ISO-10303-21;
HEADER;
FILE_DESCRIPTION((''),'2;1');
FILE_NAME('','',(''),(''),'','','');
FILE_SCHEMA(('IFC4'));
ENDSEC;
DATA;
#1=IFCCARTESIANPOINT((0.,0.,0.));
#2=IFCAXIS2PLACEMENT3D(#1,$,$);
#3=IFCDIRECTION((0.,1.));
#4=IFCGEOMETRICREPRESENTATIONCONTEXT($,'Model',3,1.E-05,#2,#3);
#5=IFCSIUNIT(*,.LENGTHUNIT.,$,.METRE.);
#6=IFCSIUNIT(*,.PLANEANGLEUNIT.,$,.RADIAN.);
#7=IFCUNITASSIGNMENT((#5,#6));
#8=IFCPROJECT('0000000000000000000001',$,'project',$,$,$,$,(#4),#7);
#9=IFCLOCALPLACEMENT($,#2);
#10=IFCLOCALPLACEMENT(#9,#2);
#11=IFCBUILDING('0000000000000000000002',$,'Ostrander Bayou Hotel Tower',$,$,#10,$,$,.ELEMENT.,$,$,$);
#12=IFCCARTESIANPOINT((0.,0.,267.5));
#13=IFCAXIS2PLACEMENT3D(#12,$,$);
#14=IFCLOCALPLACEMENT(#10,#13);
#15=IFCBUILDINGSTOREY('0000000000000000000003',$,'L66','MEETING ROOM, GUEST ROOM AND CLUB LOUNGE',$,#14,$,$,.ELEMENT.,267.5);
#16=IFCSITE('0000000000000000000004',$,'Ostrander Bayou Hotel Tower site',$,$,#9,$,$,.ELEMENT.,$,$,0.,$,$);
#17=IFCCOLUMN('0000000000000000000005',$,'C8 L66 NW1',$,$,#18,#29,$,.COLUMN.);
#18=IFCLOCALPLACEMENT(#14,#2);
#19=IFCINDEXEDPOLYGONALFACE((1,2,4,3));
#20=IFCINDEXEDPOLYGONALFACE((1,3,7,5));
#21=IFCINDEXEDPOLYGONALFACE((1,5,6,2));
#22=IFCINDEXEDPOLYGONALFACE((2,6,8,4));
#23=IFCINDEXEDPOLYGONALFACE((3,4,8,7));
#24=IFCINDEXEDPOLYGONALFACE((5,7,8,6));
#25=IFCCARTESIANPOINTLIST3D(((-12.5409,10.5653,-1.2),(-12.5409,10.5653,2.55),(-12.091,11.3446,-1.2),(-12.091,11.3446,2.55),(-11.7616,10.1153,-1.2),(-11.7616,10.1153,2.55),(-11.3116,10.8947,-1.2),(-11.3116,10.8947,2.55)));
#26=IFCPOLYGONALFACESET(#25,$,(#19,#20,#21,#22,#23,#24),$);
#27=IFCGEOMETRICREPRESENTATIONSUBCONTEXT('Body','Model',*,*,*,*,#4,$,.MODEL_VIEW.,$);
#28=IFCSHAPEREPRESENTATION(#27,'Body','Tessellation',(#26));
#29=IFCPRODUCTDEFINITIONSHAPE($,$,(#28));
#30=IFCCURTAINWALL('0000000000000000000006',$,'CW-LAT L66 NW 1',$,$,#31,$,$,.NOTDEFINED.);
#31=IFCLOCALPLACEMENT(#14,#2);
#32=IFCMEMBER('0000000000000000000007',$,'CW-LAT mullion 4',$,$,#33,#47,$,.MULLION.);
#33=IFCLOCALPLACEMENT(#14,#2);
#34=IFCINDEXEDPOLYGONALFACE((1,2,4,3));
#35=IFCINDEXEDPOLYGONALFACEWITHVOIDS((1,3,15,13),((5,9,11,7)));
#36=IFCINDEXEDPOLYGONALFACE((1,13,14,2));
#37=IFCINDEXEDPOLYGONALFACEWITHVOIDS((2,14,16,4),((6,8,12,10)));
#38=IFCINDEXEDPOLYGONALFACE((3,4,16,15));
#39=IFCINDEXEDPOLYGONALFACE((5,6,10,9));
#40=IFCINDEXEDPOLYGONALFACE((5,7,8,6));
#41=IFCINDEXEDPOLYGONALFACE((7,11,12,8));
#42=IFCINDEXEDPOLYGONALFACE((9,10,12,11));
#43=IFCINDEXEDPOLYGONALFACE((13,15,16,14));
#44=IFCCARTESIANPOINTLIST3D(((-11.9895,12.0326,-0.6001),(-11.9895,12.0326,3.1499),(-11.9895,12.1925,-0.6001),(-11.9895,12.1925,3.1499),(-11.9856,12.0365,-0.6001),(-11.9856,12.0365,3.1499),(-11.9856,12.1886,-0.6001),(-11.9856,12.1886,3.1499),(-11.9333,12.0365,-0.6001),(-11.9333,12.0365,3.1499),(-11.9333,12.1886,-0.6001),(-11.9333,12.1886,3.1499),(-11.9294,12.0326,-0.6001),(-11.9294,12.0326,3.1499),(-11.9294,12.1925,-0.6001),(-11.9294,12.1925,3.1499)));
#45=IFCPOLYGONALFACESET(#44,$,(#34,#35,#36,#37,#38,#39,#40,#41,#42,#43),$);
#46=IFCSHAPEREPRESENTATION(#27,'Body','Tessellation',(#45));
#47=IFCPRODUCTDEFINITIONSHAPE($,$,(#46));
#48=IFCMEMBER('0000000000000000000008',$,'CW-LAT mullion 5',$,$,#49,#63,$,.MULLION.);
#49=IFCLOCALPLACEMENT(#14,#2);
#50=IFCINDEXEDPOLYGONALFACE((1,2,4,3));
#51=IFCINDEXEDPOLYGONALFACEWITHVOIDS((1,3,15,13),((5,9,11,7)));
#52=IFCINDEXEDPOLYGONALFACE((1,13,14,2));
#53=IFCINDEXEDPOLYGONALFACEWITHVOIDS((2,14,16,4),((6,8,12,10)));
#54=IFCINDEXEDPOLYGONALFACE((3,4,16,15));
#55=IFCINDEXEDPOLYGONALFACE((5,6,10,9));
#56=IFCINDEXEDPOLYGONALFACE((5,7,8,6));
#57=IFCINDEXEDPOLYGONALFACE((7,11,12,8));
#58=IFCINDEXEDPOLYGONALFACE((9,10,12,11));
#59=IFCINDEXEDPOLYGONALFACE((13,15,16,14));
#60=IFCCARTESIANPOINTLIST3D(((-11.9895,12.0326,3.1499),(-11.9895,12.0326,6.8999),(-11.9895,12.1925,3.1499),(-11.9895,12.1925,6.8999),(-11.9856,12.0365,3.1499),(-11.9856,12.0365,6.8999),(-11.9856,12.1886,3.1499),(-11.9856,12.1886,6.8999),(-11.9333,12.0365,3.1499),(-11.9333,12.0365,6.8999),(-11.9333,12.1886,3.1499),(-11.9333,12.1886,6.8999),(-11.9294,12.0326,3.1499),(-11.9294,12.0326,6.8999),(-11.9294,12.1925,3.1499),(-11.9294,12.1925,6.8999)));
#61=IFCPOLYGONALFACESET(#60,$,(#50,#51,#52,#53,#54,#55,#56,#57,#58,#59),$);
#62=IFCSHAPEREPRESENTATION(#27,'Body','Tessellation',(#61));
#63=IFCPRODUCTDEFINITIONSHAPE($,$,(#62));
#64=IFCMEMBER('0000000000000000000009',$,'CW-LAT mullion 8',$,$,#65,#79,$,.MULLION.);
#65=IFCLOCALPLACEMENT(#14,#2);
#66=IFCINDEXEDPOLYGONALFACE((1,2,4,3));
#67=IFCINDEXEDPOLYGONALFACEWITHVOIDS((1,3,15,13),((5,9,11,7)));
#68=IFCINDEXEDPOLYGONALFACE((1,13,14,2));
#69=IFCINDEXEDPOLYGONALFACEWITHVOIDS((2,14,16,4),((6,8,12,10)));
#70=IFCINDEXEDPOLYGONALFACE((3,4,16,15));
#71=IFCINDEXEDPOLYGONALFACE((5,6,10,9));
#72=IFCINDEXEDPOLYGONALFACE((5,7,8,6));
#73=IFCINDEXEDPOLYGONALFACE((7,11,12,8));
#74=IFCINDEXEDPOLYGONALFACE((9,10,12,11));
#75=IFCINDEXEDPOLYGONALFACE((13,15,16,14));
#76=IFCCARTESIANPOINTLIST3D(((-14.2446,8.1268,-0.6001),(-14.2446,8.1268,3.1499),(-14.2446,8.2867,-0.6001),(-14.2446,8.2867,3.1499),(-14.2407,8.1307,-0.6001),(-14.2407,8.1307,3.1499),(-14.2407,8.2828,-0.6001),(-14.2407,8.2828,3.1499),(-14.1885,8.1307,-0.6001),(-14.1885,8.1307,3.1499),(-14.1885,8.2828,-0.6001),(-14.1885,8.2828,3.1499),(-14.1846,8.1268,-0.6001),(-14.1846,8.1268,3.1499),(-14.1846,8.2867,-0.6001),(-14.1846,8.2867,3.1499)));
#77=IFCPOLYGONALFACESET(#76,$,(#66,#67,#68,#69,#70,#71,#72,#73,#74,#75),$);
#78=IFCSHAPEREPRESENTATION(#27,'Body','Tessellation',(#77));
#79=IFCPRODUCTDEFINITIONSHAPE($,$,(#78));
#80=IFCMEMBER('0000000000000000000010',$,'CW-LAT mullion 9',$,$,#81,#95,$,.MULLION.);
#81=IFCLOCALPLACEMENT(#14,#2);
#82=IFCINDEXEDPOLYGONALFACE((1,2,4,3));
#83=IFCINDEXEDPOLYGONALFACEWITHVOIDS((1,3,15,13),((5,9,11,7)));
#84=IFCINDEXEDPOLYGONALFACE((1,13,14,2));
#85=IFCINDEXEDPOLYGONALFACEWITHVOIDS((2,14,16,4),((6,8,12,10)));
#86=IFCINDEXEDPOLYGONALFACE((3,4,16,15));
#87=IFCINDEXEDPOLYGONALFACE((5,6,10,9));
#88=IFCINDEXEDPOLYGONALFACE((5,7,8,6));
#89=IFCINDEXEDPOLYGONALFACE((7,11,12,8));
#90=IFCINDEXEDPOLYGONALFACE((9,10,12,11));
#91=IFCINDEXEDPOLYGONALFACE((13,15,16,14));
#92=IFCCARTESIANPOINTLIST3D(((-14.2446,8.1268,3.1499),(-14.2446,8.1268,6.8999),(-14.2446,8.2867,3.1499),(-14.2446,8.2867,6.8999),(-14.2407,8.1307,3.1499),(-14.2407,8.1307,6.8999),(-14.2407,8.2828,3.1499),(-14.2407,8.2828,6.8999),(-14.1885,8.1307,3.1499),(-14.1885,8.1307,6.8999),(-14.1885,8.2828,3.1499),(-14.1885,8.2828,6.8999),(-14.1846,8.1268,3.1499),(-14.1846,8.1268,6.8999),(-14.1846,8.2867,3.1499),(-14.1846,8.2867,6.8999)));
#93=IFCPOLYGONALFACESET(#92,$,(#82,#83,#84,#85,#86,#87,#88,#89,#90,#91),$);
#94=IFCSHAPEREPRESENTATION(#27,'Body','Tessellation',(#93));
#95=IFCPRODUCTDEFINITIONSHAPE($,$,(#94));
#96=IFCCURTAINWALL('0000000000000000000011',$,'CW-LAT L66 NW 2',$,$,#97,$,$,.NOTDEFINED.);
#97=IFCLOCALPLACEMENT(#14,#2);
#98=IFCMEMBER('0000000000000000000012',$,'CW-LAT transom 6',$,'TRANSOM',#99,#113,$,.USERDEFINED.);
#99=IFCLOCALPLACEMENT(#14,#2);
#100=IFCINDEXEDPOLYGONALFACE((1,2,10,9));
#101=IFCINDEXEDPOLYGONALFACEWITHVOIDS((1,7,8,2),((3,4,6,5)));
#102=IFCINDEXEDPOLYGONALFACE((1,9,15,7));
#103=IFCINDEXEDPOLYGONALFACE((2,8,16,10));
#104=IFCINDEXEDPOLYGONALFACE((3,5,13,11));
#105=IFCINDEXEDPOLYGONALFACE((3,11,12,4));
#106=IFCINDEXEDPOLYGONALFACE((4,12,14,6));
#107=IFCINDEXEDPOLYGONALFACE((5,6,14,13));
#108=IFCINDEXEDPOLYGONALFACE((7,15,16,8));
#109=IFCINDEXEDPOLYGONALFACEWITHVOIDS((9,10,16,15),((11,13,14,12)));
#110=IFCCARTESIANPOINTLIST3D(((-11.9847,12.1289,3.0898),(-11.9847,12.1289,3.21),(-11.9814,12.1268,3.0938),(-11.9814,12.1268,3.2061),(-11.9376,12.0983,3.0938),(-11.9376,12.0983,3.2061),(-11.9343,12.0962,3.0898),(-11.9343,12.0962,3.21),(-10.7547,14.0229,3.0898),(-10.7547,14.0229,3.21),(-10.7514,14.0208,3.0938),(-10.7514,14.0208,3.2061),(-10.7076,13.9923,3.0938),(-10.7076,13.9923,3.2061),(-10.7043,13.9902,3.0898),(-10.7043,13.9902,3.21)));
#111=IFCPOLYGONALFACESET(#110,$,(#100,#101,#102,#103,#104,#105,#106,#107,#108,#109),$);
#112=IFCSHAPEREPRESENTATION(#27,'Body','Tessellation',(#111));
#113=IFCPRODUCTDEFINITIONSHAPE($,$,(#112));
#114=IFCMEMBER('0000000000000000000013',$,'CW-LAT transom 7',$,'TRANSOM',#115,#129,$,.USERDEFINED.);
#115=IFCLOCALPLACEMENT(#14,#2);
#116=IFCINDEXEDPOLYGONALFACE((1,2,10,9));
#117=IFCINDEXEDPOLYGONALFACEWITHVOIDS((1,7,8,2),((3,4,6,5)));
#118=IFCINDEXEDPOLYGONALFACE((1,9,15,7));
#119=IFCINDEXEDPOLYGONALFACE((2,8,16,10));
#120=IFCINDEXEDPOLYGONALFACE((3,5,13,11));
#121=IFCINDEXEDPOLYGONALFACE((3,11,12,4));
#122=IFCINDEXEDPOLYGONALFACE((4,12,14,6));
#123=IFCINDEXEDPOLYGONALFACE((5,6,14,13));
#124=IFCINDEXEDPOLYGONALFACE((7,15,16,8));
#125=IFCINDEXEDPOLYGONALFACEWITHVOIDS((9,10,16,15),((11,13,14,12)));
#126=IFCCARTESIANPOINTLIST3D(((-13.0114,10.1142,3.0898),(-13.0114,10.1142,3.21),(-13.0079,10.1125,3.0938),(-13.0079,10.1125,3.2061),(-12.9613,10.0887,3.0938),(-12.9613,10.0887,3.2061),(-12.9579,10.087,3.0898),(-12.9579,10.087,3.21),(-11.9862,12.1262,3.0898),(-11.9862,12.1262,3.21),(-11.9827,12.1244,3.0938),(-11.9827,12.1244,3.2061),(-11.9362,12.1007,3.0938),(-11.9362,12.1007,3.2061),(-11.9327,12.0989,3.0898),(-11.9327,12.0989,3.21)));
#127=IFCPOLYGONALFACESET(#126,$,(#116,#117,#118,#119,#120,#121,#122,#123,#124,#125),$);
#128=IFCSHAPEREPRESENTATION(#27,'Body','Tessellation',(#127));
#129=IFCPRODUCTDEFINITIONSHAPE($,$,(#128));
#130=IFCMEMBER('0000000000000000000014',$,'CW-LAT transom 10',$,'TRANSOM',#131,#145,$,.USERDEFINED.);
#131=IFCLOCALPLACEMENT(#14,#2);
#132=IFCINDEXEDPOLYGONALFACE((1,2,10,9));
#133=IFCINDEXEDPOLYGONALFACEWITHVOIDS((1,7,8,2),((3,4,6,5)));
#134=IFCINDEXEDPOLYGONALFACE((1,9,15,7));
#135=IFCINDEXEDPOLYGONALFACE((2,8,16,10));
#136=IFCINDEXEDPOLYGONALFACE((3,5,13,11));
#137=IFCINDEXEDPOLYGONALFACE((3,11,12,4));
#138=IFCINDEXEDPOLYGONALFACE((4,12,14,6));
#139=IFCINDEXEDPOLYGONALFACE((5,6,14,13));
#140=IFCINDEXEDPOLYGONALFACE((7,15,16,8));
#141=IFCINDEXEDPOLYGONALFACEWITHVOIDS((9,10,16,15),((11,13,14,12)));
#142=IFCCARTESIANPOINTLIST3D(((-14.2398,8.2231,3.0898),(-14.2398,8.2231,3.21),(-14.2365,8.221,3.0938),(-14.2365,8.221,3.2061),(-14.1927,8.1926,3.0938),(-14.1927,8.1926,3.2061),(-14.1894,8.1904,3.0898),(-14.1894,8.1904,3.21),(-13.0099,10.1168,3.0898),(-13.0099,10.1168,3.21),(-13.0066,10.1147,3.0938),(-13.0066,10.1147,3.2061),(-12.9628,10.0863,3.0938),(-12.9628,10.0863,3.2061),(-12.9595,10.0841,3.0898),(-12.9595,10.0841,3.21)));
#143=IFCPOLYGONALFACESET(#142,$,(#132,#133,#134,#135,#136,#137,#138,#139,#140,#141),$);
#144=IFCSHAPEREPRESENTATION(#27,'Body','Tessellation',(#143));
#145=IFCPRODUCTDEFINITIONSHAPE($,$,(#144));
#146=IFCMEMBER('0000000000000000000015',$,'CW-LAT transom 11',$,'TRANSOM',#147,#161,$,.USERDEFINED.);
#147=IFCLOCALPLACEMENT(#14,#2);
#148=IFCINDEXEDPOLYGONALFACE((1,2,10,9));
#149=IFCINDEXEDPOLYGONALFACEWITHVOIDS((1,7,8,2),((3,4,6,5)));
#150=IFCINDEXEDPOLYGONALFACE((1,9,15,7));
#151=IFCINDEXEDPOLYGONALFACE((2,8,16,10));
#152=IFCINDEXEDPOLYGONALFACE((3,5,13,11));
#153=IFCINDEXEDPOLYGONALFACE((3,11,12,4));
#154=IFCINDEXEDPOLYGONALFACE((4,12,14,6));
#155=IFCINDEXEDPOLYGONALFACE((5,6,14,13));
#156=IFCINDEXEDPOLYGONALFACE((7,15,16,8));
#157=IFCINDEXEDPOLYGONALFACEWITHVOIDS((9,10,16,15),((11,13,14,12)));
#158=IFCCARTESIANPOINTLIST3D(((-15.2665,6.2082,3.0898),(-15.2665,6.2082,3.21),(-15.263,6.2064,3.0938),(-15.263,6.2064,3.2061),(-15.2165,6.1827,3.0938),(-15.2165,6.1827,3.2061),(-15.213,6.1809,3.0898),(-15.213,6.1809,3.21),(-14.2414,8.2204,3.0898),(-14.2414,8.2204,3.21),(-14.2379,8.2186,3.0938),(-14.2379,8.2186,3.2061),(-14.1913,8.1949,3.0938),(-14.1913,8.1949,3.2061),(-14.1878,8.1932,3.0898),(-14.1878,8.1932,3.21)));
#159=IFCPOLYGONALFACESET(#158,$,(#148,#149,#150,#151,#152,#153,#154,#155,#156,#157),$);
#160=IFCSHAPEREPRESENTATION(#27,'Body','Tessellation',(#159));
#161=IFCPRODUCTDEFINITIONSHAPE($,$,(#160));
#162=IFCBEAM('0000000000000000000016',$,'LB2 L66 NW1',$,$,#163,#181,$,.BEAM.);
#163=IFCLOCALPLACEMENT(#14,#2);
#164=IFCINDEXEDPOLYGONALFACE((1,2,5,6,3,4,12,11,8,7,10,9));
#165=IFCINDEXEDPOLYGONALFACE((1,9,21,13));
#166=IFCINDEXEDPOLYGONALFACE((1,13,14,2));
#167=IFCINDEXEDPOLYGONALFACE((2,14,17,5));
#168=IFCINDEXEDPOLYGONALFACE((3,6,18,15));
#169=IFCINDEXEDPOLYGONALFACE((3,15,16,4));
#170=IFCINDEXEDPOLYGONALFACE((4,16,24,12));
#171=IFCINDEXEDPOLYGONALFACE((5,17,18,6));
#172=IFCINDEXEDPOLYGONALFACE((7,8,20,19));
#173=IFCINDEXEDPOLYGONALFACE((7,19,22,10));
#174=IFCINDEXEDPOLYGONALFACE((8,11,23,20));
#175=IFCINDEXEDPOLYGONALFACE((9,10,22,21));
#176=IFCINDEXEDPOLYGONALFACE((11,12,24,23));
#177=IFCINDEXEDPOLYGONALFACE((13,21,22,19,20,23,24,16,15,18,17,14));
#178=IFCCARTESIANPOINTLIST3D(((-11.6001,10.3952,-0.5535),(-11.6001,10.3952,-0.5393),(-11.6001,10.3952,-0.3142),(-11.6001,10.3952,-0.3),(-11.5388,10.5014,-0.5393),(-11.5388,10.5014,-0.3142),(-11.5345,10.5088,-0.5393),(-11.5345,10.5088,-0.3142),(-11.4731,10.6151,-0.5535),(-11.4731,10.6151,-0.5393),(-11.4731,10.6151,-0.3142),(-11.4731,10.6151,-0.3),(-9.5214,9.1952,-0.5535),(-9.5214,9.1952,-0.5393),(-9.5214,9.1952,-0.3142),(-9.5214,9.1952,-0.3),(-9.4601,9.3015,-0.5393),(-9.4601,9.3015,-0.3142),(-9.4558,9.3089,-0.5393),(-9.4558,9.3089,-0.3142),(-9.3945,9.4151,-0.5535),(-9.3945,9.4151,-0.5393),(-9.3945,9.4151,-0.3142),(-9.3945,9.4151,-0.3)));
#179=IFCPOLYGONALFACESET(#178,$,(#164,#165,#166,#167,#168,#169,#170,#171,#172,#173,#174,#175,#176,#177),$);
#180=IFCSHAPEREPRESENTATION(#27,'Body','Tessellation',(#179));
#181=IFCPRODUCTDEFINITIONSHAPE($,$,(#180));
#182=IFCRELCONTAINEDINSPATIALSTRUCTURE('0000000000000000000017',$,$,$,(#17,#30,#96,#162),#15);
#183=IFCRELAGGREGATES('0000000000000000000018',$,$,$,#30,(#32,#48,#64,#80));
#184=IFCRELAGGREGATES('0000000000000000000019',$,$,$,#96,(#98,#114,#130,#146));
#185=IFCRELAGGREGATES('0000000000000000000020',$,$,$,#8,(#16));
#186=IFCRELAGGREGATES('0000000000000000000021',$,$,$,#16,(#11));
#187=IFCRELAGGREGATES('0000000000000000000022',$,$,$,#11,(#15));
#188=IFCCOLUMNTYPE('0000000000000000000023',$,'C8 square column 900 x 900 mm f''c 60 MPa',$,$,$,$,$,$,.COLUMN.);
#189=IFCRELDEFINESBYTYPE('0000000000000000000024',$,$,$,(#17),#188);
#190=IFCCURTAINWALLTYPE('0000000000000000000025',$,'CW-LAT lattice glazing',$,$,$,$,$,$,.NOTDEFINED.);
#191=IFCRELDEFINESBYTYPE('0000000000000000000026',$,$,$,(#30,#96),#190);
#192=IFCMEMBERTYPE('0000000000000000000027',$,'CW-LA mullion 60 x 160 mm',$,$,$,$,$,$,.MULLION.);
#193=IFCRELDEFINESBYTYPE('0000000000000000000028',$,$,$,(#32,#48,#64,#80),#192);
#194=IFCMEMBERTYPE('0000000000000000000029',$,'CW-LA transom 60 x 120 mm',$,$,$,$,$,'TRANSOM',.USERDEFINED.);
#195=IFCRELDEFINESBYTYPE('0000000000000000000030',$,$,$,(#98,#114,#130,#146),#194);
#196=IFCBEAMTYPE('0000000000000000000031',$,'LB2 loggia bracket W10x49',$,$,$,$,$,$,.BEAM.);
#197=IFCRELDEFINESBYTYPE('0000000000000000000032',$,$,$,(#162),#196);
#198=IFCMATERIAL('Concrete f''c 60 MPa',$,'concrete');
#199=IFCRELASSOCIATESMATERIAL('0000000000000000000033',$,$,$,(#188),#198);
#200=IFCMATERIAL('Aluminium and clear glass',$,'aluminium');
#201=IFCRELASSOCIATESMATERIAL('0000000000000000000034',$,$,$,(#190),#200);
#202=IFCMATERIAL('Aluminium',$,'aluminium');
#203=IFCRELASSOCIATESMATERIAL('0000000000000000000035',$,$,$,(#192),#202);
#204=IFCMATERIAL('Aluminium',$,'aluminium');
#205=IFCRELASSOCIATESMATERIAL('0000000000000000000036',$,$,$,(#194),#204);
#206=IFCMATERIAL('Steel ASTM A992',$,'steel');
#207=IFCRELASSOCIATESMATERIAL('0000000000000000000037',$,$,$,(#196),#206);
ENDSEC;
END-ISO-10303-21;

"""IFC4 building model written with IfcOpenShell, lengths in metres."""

from ifc_helpers import new_model, si_unit, direction, frame, origin, origin_2d, place, context, subcontext, project, spatial, rectangle, hollow_rectangle, i_section, extrude, material, material_profile, profile_set, type_object, element, aggregate, save


model = new_model("IFC4")

# Units and contexts
model_context = context("Model", 3, precision=1e-05, world=origin(), true_north=direction((0.0, 1.0)))
body_context = subcontext(model_context, "Body", "Model", "MODEL_VIEW")
ifc_project = project(units=[si_unit("LENGTHUNIT", "METRE"), si_unit("PLANEANGLEUNIT", "RADIAN")], contexts=[model_context])

# Site, building, storey
site_placement = place(None, origin())
site = spatial("IfcSite", under=ifc_project, at=site_placement, Name="Ostrander Bayou Hotel Tower site", CompositionType="ELEMENT", RefElevation=0.0)
building_placement = place(site_placement, origin())
building = spatial("IfcBuilding", under=site, at=building_placement, Name="Ostrander Bayou Hotel Tower", CompositionType="ELEMENT")
storey_placement = place(building_placement, frame((0.0, 0.0, 267.5)))
storey = spatial("IfcBuildingStorey", under=building, at=storey_placement, Name="L66", Description="MEETING ROOM, GUEST ROOM AND CLUB LOUNGE", CompositionType="ELEMENT", Elevation=267.5)

# Column
ifc_material_1 = material(Name="Concrete f'c 60 MPa", Category="concrete")
ifc_material_profile_1 = material_profile(ifc_material_1, rectangle(XDim=0.8999, YDim=0.8999, at=origin_2d()))
ifc_profile_set_1 = profile_set([ifc_material_profile_1], Name="Concrete f'c 60 MPa")
column_type = type_object("IfcColumnType", Name="C8 square column 900 x 900 mm f'c 60 MPa", PredefinedType="COLUMN", material=ifc_profile_set_1)
column_placement = place(storey_placement, frame((-11.9263, 10.73, -1.2), z_axis=(0.0, 0.0, 1.0), x_axis=(0.5, 0.866025, 0.0)))
element("IfcColumn", 1, at=column_placement, inside=storey, type_object=column_type, Name="C8 L66 NW1", PredefinedType="COLUMN", context=body_context, shape_type="SweptSolid", body=[
    extrude(rectangle(XDim=0.8999, YDim=0.8999, at=origin_2d()), origin(), (0.0, 0.0, 1.0), 3.75),
])

# Curtain walls, members
ifc_material_2 = material(Name="Aluminium and clear glass", Category="aluminium")
curtain_wall_type = type_object("IfcCurtainWallType", Name="CW-LAT lattice glazing", PredefinedType="NOTDEFINED", material=ifc_material_2)
curtain_wall_1_placement = place(storey_placement, origin())
curtain_wall_1 = element("IfcCurtainWall", 2, at=curtain_wall_1_placement, inside=storey, type_object=curtain_wall_type, Name="CW-LAT L66 NW 1", PredefinedType="NOTDEFINED")
ifc_material_3 = material(Name="Aluminium", Category="aluminium")
ifc_material_profile_2 = material_profile(ifc_material_3, hollow_rectangle(XDim=0.0601, YDim=0.1599, WallThickness=0.0039, at=origin_2d()))
ifc_profile_set_2 = profile_set([ifc_material_profile_2], Name="Aluminium")
member_type_1 = type_object("IfcMemberType", Name="CW-LA mullion 60 x 160 mm", PredefinedType="MULLION", material=ifc_profile_set_2)
member_1_placement = place(storey_placement, frame((-11.9595, 12.1125, -0.6001), z_axis=(0.0, 0.0, 1.0), x_axis=(1.0, 0.0, 0.0)))
member_1 = element("IfcMember", 3, at=member_1_placement, type_object=member_type_1, Name="CW-LAT mullion 4", PredefinedType="MULLION", context=body_context, shape_type="SweptSolid", body=[
    extrude(hollow_rectangle(XDim=0.0601, YDim=0.1599, WallThickness=0.0039, at=origin_2d()), origin(), (0.0, 0.0, 1.0), 3.75),
])
member_2_placement = place(storey_placement, frame((-11.9595, 12.1125, 3.1499), z_axis=(0.0, 0.0, 1.0), x_axis=(1.0, 0.0, 0.0)))
member_2 = element("IfcMember", 4, at=member_2_placement, type_object=member_type_1, Name="CW-LAT mullion 5", PredefinedType="MULLION", context=body_context, shape_type="SweptSolid", body=[
    extrude(hollow_rectangle(XDim=0.0601, YDim=0.1599, WallThickness=0.0039, at=origin_2d()), origin(), (0.0, 0.0, 1.0), 3.75),
])
member_3_placement = place(storey_placement, frame((-14.2146, 8.2068, -0.6001), z_axis=(0.0, 0.0, 1.0), x_axis=(1.0, 0.0, 0.0)))
member_3 = element("IfcMember", 5, at=member_3_placement, type_object=member_type_1, Name="CW-LAT mullion 8", PredefinedType="MULLION", context=body_context, shape_type="SweptSolid", body=[
    extrude(hollow_rectangle(XDim=0.0601, YDim=0.1599, WallThickness=0.0039, at=origin_2d()), origin(), (0.0, 0.0, 1.0), 3.75),
])
member_4_placement = place(storey_placement, frame((-14.2146, 8.2068, 3.1499), z_axis=(0.0, 0.0, 1.0), x_axis=(1.0, 0.0, 0.0)))
member_4 = element("IfcMember", 6, at=member_4_placement, type_object=member_type_1, Name="CW-LAT mullion 9", PredefinedType="MULLION", context=body_context, shape_type="SweptSolid", body=[
    extrude(hollow_rectangle(XDim=0.0601, YDim=0.1599, WallThickness=0.0039, at=origin_2d()), origin(), (0.0, 0.0, 1.0), 3.75),
])
curtain_wall_2_placement = place(storey_placement, origin())
curtain_wall_2 = element("IfcCurtainWall", 7, at=curtain_wall_2_placement, inside=storey, type_object=curtain_wall_type, Name="CW-LAT L66 NW 2", PredefinedType="NOTDEFINED")
ifc_material_4 = material(Name="Aluminium", Category="aluminium")
ifc_material_profile_3 = material_profile(ifc_material_4, hollow_rectangle(XDim=0.0601, YDim=0.1201, WallThickness=0.0039, at=origin_2d()))
ifc_profile_set_3 = profile_set([ifc_material_profile_3], Name="Aluminium")
member_type_2 = type_object("IfcMemberType", Name="CW-LA transom 60 x 120 mm", ElementType="TRANSOM", PredefinedType="USERDEFINED", material=ifc_profile_set_3)
member_5_placement = place(storey_placement, frame((-11.9595, 12.1125, 3.1499), z_axis=(0.544631, 0.838676, 0.0), x_axis=(-0.838676, 0.544631, 0.0)))
member_5 = element("IfcMember", 8, at=member_5_placement, type_object=member_type_2, Name="CW-LAT transom 6", ObjectType="TRANSOM", PredefinedType="USERDEFINED", context=body_context, shape_type="SweptSolid", body=[
    extrude(hollow_rectangle(XDim=0.0601, YDim=0.1201, WallThickness=0.0039, at=origin_2d()), origin(), (0.0, 0.0, 1.0), 2.2583),
])
member_6_placement = place(storey_placement, frame((-11.9595, 12.1125, 3.1499), z_axis=(-0.453991, -0.891006, 0.0), x_axis=(0.891006, -0.453991, 0.0)))
member_6 = element("IfcMember", 9, at=member_6_placement, type_object=member_type_2, Name="CW-LAT transom 7", ObjectType="TRANSOM", PredefinedType="USERDEFINED", context=body_context, shape_type="SweptSolid", body=[
    extrude(hollow_rectangle(XDim=0.0601, YDim=0.1201, WallThickness=0.0039, at=origin_2d()), origin(), (0.0, 0.0, 1.0), 2.2581),
])
member_7_placement = place(storey_placement, frame((-14.2146, 8.2068, 3.1499), z_axis=(0.544681, 0.838644, 0.0), x_axis=(-0.838644, 0.544681, 0.0)))
member_7 = element("IfcMember", 10, at=member_7_placement, type_object=member_type_2, Name="CW-LAT transom 10", ObjectType="TRANSOM", PredefinedType="USERDEFINED", context=body_context, shape_type="SweptSolid", body=[
    extrude(hollow_rectangle(XDim=0.0601, YDim=0.1201, WallThickness=0.0039, at=origin_2d()), origin(), (0.0, 0.0, 1.0), 2.2581),
])
member_8_placement = place(storey_placement, frame((-14.2146, 8.2068, 3.1499), z_axis=(-0.453947, -0.891029, 0.0), x_axis=(0.891029, -0.453947, 0.0)))
member_8 = element("IfcMember", 11, at=member_8_placement, type_object=member_type_2, Name="CW-LAT transom 11", ObjectType="TRANSOM", PredefinedType="USERDEFINED", context=body_context, shape_type="SweptSolid", body=[
    extrude(hollow_rectangle(XDim=0.0601, YDim=0.1201, WallThickness=0.0039, at=origin_2d()), origin(), (0.0, 0.0, 1.0), 2.2583),
])

# Beam
ifc_material_5 = material(Name="Steel ASTM A992", Category="steel")
ifc_material_profile_4 = material_profile(ifc_material_5, i_section(OverallWidth=0.2539, OverallDepth=0.2534, WebThickness=0.0085, FlangeThickness=0.0142, at=origin_2d()))
ifc_profile_set_4 = profile_set([ifc_material_profile_4], Name="Steel ASTM A992")
beam_type_1 = type_object("IfcBeamType", Name="LB2 loggia bracket W10x49", PredefinedType="BEAM", material=ifc_profile_set_4)
beam_1_placement = place(storey_placement, frame((-11.5366, 10.5051, -0.4268), z_axis=(0.86605, -0.499957, 0.0), x_axis=(0.499957, 0.86605, 0.0)))
element("IfcBeam", 12, at=beam_1_placement, inside=storey, type_object=beam_type_1, Name="LB2 L66 NW1", PredefinedType="BEAM", context=body_context, shape_type="SweptSolid", body=[
    extrude(i_section(OverallWidth=0.2539, OverallDepth=0.2534, WebThickness=0.0085, FlangeThickness=0.0142, at=origin_2d()), origin(), (0.0, 0.0, 1.0), 2.4001),
])

aggregate(curtain_wall_1, [member_1, member_2, member_3, member_4])
aggregate(curtain_wall_2, [member_5, member_6, member_7, member_8])

save(model, "model.ifc")
